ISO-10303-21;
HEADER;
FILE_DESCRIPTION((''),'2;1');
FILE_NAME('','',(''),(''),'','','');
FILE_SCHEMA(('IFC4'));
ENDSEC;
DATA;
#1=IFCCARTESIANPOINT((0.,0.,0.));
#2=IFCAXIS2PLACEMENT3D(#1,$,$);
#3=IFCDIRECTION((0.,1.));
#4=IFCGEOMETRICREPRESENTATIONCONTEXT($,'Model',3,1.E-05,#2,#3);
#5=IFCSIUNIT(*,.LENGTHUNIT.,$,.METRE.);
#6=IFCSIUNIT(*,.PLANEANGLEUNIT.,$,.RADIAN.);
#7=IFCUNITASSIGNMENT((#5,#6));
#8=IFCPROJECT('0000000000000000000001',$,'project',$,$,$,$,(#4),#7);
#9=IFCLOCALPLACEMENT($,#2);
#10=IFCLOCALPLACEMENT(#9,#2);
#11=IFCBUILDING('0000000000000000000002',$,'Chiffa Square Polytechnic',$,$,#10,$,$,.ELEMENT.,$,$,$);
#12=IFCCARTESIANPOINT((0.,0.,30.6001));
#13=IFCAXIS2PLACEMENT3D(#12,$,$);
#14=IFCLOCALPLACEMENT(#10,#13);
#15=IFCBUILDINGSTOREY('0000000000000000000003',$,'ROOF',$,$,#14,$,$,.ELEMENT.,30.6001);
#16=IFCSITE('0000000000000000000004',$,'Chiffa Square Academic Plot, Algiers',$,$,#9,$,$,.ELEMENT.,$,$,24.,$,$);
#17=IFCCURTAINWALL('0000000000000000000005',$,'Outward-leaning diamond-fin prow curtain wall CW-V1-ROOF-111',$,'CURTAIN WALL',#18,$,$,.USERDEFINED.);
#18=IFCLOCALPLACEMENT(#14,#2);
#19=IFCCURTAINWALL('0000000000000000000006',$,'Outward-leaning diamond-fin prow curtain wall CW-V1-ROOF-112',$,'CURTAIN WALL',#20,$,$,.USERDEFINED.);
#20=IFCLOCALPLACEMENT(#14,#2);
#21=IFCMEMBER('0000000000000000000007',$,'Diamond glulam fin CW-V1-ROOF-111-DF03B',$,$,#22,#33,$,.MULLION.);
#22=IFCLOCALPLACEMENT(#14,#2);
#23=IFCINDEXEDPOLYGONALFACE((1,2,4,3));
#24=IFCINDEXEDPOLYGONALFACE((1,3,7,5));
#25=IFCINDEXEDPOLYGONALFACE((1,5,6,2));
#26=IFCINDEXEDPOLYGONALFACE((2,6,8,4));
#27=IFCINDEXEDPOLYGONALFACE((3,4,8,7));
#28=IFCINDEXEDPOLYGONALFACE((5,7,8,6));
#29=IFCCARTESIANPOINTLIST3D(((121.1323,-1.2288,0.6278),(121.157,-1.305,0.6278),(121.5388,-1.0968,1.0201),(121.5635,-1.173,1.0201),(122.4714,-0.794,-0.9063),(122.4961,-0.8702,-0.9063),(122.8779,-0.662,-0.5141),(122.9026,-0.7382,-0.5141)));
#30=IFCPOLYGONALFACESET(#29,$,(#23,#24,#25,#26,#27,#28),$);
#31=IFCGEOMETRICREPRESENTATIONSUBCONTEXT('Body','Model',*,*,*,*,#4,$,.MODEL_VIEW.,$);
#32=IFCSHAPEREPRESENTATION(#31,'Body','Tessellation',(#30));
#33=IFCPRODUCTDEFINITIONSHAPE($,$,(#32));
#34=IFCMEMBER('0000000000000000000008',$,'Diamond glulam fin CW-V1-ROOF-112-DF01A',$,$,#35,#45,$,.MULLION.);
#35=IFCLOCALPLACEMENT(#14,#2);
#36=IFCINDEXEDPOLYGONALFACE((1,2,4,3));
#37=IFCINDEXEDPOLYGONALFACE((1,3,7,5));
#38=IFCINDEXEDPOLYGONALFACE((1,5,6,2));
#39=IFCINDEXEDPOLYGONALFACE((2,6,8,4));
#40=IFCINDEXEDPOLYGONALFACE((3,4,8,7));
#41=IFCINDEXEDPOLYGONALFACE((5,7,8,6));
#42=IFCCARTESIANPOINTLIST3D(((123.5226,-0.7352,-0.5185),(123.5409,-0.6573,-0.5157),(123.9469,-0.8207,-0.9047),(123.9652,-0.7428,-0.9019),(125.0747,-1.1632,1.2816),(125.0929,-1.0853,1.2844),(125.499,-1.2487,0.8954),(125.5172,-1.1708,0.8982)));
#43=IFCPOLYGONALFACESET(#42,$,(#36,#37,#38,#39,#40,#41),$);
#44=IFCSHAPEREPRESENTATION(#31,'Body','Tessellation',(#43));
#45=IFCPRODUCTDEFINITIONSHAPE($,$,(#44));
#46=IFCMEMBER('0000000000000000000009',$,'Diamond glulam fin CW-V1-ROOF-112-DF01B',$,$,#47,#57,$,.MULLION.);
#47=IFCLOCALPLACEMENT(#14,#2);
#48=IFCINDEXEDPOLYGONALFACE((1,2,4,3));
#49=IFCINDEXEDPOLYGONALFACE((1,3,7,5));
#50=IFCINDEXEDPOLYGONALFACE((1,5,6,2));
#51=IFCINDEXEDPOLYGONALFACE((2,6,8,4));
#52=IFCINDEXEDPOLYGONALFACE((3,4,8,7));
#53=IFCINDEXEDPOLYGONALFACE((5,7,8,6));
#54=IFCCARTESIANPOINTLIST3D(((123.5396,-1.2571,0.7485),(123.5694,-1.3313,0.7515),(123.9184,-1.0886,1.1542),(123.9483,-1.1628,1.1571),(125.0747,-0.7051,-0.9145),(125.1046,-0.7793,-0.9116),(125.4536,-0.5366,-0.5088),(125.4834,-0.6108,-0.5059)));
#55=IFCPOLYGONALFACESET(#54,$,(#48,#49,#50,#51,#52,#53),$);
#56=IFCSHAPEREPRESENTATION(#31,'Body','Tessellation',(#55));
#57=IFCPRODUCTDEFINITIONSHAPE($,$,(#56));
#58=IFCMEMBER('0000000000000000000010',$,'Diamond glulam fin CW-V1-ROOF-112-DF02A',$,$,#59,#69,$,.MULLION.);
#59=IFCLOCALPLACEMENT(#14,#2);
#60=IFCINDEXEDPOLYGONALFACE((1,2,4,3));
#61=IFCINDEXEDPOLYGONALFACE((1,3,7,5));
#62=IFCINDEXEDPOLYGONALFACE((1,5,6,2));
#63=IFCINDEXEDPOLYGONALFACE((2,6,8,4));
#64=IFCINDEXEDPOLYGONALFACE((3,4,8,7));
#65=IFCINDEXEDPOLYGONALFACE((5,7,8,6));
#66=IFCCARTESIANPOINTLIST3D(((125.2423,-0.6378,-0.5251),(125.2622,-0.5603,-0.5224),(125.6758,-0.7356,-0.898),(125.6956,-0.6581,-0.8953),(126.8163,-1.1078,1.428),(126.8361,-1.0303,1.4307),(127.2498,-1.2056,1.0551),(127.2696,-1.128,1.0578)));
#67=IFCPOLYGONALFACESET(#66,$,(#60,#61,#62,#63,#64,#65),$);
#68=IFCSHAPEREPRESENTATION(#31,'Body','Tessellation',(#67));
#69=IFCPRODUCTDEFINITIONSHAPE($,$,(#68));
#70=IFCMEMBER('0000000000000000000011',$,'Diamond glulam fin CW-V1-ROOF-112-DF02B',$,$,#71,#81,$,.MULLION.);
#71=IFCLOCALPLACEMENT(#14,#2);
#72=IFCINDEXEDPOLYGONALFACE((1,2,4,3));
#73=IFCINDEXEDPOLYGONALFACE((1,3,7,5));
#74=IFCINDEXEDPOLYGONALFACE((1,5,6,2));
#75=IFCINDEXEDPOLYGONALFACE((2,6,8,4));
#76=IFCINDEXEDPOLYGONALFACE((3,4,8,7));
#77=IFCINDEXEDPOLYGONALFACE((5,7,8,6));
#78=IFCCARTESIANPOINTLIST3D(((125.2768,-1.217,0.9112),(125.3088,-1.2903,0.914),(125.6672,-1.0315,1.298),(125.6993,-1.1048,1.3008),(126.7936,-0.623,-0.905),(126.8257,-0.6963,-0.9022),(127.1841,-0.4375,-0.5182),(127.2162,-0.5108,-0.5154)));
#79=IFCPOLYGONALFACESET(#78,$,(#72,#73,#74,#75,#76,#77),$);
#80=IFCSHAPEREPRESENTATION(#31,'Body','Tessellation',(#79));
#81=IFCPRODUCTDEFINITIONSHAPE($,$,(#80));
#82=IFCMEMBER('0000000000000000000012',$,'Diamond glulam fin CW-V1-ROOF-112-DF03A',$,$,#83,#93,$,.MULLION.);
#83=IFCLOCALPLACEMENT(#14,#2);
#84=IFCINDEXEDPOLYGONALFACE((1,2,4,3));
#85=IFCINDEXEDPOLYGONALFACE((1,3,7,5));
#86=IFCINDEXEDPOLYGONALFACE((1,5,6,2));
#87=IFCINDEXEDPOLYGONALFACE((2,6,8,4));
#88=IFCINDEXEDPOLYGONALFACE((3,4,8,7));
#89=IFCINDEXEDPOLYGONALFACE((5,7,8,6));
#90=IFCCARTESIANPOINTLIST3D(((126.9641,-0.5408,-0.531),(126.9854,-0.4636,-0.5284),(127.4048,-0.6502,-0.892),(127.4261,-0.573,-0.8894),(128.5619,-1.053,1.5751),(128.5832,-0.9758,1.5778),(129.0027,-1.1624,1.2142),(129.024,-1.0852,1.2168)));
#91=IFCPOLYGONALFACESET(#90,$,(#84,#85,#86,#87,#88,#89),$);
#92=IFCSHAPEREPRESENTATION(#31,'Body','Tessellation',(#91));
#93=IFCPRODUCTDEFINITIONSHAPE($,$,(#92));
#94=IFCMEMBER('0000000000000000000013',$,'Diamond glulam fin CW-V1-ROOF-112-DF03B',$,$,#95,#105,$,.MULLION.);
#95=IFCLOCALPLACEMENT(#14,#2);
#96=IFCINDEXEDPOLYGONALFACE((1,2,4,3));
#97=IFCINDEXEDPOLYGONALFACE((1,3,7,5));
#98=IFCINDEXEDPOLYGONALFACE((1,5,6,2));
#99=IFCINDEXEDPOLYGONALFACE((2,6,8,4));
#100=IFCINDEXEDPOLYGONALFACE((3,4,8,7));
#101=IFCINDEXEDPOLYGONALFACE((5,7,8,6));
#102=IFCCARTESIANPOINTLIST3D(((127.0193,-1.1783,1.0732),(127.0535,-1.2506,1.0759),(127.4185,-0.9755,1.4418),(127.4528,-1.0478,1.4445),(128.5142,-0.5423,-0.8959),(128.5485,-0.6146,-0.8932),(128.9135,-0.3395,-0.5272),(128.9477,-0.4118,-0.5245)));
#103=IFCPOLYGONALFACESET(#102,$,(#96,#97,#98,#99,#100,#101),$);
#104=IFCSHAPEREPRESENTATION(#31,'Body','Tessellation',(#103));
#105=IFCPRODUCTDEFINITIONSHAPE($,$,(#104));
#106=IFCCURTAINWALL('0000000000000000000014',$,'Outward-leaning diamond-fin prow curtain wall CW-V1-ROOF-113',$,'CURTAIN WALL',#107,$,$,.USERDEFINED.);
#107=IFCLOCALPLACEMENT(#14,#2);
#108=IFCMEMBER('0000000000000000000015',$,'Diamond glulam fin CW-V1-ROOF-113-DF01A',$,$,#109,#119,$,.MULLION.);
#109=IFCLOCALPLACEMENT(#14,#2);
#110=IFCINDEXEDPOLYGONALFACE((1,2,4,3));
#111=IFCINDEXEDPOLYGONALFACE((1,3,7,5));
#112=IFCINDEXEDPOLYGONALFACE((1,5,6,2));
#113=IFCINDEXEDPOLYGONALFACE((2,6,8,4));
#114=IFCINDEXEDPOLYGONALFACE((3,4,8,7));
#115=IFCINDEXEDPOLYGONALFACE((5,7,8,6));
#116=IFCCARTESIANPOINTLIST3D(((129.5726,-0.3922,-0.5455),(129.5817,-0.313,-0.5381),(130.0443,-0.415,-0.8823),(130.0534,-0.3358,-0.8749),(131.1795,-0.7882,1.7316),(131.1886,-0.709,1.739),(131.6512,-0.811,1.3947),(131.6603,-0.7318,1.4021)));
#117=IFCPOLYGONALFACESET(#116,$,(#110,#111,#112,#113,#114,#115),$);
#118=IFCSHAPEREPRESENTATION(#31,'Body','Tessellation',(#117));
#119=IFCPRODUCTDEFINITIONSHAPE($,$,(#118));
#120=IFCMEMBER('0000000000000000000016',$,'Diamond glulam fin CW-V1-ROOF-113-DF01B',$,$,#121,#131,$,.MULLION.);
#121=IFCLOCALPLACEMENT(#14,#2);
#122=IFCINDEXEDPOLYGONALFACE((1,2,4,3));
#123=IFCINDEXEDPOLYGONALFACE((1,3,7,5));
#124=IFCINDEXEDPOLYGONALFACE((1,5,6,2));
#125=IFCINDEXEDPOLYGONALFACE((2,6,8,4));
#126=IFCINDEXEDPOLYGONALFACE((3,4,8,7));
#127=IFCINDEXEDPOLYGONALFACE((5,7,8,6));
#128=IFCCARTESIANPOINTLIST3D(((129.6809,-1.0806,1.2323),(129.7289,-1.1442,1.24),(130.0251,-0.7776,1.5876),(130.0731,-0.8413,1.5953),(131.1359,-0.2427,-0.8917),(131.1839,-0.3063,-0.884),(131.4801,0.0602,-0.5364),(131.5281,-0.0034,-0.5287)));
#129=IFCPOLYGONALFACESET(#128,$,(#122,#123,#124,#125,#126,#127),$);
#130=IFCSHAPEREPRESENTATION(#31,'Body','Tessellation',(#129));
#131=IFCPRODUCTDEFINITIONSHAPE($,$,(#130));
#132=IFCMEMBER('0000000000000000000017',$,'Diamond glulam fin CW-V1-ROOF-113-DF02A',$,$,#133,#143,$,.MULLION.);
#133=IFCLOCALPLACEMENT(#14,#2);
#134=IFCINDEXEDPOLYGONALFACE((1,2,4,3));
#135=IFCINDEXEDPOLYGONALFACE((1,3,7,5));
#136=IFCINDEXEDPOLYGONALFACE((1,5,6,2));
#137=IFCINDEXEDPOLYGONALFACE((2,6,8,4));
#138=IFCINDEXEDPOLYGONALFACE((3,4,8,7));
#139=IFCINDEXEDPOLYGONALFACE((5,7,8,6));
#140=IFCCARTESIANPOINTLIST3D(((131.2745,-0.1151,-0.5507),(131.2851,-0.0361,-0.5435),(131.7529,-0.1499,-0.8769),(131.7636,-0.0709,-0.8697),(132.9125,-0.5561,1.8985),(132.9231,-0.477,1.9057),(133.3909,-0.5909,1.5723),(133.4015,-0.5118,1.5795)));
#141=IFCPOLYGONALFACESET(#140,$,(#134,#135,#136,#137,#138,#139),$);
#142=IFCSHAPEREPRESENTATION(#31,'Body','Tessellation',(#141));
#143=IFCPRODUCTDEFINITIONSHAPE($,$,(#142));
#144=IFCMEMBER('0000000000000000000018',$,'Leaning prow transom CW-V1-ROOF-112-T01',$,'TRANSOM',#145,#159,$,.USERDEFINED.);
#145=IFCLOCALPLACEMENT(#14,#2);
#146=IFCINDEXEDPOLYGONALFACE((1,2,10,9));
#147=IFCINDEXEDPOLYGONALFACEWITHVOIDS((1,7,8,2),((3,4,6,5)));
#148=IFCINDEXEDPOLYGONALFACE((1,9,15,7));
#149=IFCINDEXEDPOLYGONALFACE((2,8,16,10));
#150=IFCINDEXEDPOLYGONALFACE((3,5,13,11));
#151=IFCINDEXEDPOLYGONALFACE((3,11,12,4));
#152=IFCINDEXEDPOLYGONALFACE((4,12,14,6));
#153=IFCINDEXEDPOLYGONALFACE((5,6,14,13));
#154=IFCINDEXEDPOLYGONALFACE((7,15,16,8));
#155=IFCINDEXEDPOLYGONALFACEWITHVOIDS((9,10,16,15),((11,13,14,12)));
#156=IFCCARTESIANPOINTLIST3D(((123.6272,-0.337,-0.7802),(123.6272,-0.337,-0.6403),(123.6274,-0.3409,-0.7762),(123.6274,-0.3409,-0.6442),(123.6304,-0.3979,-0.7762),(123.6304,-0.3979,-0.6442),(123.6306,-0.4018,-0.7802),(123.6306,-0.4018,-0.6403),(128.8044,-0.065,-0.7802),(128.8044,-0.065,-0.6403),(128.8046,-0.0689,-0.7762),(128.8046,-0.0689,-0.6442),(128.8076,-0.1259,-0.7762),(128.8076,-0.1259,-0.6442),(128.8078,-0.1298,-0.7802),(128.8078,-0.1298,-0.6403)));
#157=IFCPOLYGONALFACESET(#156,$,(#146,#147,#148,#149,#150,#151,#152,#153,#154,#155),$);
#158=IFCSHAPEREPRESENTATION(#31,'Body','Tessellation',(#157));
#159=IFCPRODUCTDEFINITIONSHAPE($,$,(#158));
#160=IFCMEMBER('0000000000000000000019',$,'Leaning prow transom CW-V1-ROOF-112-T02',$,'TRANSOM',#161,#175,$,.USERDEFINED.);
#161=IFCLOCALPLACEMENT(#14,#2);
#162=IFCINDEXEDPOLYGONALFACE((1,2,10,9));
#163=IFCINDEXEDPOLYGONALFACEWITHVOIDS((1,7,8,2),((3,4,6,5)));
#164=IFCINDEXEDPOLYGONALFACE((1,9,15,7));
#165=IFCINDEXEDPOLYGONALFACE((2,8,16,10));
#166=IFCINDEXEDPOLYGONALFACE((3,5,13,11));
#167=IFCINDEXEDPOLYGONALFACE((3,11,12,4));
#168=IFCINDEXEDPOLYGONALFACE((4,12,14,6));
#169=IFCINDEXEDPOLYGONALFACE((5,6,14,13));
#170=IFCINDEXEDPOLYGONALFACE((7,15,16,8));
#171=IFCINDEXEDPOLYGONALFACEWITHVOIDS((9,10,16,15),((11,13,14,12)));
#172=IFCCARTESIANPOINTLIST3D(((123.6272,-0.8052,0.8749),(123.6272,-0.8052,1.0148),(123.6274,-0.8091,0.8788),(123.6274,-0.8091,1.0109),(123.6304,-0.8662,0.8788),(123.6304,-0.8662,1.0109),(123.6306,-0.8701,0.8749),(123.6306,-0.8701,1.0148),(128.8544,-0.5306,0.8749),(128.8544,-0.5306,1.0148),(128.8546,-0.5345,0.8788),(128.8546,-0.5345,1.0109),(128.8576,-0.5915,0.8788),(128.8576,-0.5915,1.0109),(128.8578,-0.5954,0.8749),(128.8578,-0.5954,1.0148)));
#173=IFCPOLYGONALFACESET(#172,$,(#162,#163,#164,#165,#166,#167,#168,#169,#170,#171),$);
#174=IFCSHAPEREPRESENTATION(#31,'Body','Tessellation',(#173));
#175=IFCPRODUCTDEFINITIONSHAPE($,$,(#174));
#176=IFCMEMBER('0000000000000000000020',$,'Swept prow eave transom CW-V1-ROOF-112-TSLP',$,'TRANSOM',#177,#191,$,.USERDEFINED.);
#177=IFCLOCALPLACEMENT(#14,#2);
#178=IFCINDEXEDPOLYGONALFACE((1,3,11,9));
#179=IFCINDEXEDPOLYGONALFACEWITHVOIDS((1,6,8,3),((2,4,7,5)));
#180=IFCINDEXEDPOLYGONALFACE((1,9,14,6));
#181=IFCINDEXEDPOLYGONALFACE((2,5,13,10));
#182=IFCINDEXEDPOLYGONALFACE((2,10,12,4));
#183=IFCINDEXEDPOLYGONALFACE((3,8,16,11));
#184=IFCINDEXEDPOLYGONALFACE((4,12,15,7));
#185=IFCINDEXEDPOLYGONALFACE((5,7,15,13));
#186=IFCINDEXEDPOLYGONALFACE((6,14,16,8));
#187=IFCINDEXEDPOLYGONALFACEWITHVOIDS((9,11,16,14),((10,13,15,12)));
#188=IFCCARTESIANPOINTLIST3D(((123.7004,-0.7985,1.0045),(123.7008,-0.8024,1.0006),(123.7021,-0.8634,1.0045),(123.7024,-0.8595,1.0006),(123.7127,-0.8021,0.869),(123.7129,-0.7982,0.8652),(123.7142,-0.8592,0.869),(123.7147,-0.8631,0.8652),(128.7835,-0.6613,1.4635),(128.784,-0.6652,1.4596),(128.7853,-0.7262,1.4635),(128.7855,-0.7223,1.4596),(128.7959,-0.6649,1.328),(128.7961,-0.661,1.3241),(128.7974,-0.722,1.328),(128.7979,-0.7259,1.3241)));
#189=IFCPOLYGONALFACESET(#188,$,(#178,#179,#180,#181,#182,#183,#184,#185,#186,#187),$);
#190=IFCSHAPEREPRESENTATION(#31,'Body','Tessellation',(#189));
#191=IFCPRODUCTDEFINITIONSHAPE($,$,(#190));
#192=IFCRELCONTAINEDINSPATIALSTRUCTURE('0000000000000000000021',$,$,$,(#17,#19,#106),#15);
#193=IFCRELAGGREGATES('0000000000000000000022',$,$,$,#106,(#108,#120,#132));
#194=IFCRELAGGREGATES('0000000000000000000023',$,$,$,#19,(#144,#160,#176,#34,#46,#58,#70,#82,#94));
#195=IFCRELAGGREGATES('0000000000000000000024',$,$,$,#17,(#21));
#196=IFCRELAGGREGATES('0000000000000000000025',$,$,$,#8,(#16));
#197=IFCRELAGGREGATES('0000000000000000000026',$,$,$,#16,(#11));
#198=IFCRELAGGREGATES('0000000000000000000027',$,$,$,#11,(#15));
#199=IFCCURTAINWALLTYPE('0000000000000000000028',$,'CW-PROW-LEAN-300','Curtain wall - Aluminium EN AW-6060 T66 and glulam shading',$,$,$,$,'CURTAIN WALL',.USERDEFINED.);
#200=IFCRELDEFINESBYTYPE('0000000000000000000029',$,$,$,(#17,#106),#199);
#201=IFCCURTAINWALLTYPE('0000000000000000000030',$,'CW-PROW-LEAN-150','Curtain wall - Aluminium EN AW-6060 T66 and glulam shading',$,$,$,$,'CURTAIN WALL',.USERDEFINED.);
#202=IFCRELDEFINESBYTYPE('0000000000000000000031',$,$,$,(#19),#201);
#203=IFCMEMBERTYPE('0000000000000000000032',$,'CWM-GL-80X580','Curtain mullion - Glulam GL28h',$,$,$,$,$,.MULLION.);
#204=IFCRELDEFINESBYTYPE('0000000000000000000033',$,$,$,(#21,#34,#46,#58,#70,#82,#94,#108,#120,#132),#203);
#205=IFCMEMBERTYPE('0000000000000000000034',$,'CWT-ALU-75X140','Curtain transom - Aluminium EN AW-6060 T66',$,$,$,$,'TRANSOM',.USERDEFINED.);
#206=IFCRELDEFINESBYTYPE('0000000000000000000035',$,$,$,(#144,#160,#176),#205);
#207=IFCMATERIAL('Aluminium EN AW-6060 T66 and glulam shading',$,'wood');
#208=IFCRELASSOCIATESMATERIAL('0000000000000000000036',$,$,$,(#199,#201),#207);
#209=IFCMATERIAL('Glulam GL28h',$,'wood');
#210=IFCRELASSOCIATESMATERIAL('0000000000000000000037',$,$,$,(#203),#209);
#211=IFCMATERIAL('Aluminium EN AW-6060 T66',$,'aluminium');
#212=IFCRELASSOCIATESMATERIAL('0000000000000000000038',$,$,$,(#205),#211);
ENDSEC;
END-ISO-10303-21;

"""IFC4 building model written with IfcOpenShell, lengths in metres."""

from ifc_helpers import new_model, si_unit, direction, frame, origin, origin_2d, place, context, subcontext, project, spatial, rectangle, hollow_rectangle, extrude, material, material_profile, profile_set, type_object, element, aggregate, save


model = new_model("IFC4")

# Units and contexts
model_context = context("Model", 3, precision=1e-05, world=origin(), true_north=direction((0.0, 1.0)))
body_context = subcontext(model_context, "Body", "Model", "MODEL_VIEW")
ifc_project = project(units=[si_unit("LENGTHUNIT", "METRE"), si_unit("PLANEANGLEUNIT", "RADIAN")], contexts=[model_context])

# Site, building, storey
site_placement = place(None, origin())
site = spatial("IfcSite", under=ifc_project, at=site_placement, Name="Chiffa Square Academic Plot, Algiers", CompositionType="ELEMENT", RefElevation=24.0)
building_placement = place(site_placement, origin())
building = spatial("IfcBuilding", under=site, at=building_placement, Name="Chiffa Square Polytechnic", CompositionType="ELEMENT")
storey_placement = place(building_placement, frame((0.0, 0.0, 30.6001)))
storey = spatial("IfcBuildingStorey", under=building, at=storey_placement, Name="ROOF", CompositionType="ELEMENT", Elevation=30.6001)

# Curtain walls
ifc_material_1 = material(Name="Aluminium EN AW-6060 T66 and glulam shading", Category="wood")
curtain_wall_type_1 = type_object("IfcCurtainWallType", Name="CW-PROW-LEAN-300", Description="Curtain wall - Aluminium EN AW-6060 T66 and glulam shading", ElementType="CURTAIN WALL", PredefinedType="USERDEFINED", material=ifc_material_1)
curtain_wall_1_placement = place(storey_placement, origin())
curtain_wall_1 = element("IfcCurtainWall", 1, at=curtain_wall_1_placement, inside=storey, type_object=curtain_wall_type_1, Name="Outward-leaning diamond-fin prow curtain wall CW-V1-ROOF-111", ObjectType="CURTAIN WALL", PredefinedType="USERDEFINED")
ifc_material_2 = material(Name="Aluminium EN AW-6060 T66", Category="aluminium")
curtain_wall_type_2 = type_object("IfcCurtainWallType", Name="CW-PROW-LEAN-150", Description="Curtain wall - Aluminium EN AW-6060 T66 and glulam shading", ElementType="CURTAIN WALL", PredefinedType="USERDEFINED", material=ifc_material_1)
curtain_wall_2_placement = place(storey_placement, origin())
curtain_wall_2 = element("IfcCurtainWall", 2, at=curtain_wall_2_placement, inside=storey, type_object=curtain_wall_type_2, Name="Outward-leaning diamond-fin prow curtain wall CW-V1-ROOF-112", ObjectType="CURTAIN WALL", PredefinedType="USERDEFINED")

# Members
ifc_material_3 = material(Name="Glulam GL28h", Category="wood")
ifc_material_profile_1 = material_profile(ifc_material_3, rectangle(XDim=0.0801, YDim=0.5801, at=origin_2d()), Name="GL28h 80x580")
ifc_profile_set_1 = profile_set([ifc_material_profile_1], Name="Glulam GL28h")
member_type_1 = type_object("IfcMemberType", Name="CWM-GL-80X580", Description="Curtain mullion - Glulam GL28h", PredefinedType="MULLION", material=ifc_profile_set_1)
member_1_placement = place(storey_placement, frame((122.687, -0.7661, -0.7102), z_axis=(-0.643091, -0.208814, 0.73677), x_axis=(0.308831, -0.951117, 0.0)))
member_1 = element("IfcMember", 3, at=member_1_placement, type_object=member_type_1, Name="Diamond glulam fin CW-V1-ROOF-111-DF03B", PredefinedType="MULLION", context=body_context, shape_type="SweptSolid", body=[
    extrude(rectangle(XDim=0.0801, YDim=0.5801, at=origin_2d()), origin(), (0.0, 0.0, 1.0), 2.0823),
])
member_2_placement = place(storey_placement, frame((123.7439, -0.739, -0.7102), z_axis=(0.64266, -0.177219, 0.745373), x_axis=(0.227866, 0.973067, 0.03489)))
member_2 = element("IfcMember", 4, at=member_2_placement, type_object=member_type_1, Name="Diamond glulam fin CW-V1-ROOF-112-DF01A", PredefinedType="MULLION", context=body_context, shape_type="SweptSolid", body=[
    extrude(rectangle(XDim=0.0801, YDim=0.5801, at=origin_2d()), origin(), (0.0, 0.0, 1.0), 2.415),
])
member_3_placement = place(storey_placement, frame((125.2791, -0.658, -0.7102), z_axis=(-0.658965, -0.236946, 0.713878), x_axis=(0.373058, -0.927084, 0.036649)))
member_3 = element("IfcMember", 5, at=member_3_placement, type_object=member_type_1, Name="Diamond glulam fin CW-V1-ROOF-112-DF01B", PredefinedType="MULLION", context=body_context, shape_type="SweptSolid", body=[
    extrude(rectangle(XDim=0.0801, YDim=0.5801, at=origin_2d()), origin(), (0.0, 0.0, 1.0), 2.3296),
])
member_4_placement = place(storey_placement, frame((125.469, -0.6479, -0.7102), z_axis=(0.616749, -0.184154, 0.765316), x_axis=(0.247336, 0.968344, 0.033686)))
member_4 = element("IfcMember", 6, at=member_4_placement, type_object=member_type_1, Name="Diamond glulam fin CW-V1-ROOF-112-DF02A", PredefinedType="MULLION", context=body_context, shape_type="SweptSolid", body=[
    extrude(rectangle(XDim=0.0801, YDim=0.5801, at=origin_2d()), origin(), (0.0, 0.0, 1.0), 2.552),
])
member_5_placement = place(storey_placement, frame((127.0049, -0.5669, -0.7102), z_axis=(-0.621737, -0.243471, 0.744423), x_axis=(0.400415, -0.915667, 0.034945)))
member_5 = element("IfcMember", 7, at=member_5_placement, type_object=member_type_1, Name="Diamond glulam fin CW-V1-ROOF-112-DF02B", PredefinedType="MULLION", context=body_context, shape_type="SweptSolid", body=[
    extrude(rectangle(XDim=0.0801, YDim=0.5801, at=origin_2d()), origin(), (0.0, 0.0, 1.0), 2.4397),
])
member_6_placement = place(storey_placement, frame((127.1951, -0.5569, -0.7102), z_axis=(0.593375, -0.190206, 0.78213), x_axis=(0.265853, 0.963462, 0.032611)))
member_6 = element("IfcMember", 8, at=member_6_placement, type_object=member_type_1, Name="Diamond glulam fin CW-V1-ROOF-112-DF03A", PredefinedType="MULLION", context=body_context, shape_type="SweptSolid", body=[
    extrude(rectangle(XDim=0.0801, YDim=0.5801, at=origin_2d()), origin(), (0.0, 0.0, 1.0), 2.6929),
])
member_7_placement = place(storey_placement, frame((128.731, -0.4771, -0.7102), z_axis=(-0.585614, -0.249147, 0.771351), x_axis=(0.428098, -0.903118, 0.033307)))
member_7 = element("IfcMember", 9, at=member_7_placement, type_object=member_type_1, Name="Diamond glulam fin CW-V1-ROOF-112-DF03B", PredefinedType="MULLION", context=body_context, shape_type="SweptSolid", body=[
    extrude(rectangle(XDim=0.0801, YDim=0.5801, at=origin_2d()), origin(), (0.0, 0.0, 1.0), 2.5527),
])

# Curtain wall, members
curtain_wall_3_placement = place(storey_placement, origin())
curtain_wall_3 = element("IfcCurtainWall", 10, at=curtain_wall_3_placement, inside=storey, type_object=curtain_wall_type_1, Name="Outward-leaning diamond-fin prow curtain wall CW-V1-ROOF-113", ObjectType="CURTAIN WALL", PredefinedType="USERDEFINED")
member_8_placement = place(storey_placement, frame((129.813, -0.364, -0.7102), z_axis=(0.570847, -0.140674, 0.808916), x_axis=(0.113459, 0.989277, 0.091972)))
member_8 = element("IfcMember", 11, at=member_8_placement, type_object=member_type_1, Name="Diamond glulam fin CW-V1-ROOF-113-DF01A", PredefinedType="MULLION", context=body_context, shape_type="SweptSolid", body=[
    extrude(rectangle(XDim=0.0801, YDim=0.5801, at=origin_2d()), origin(), (0.0, 0.0, 1.0), 2.8149),
])
member_9_placement = place(storey_placement, frame((131.332, -0.123, -0.7102), z_axis=(-0.537416, -0.309465, 0.784484), x_axis=(0.599222, -0.794683, 0.097013)))
member_9 = element("IfcMember", 12, at=member_9_placement, type_object=member_type_1, Name="Diamond glulam fin CW-V1-ROOF-113-DF01B", PredefinedType="MULLION", context=body_context, shape_type="SweptSolid", body=[
    extrude(rectangle(XDim=0.0801, YDim=0.5801, at=origin_2d()), origin(), (0.0, 0.0, 1.0), 2.7075),
])
member_10_placement = place(storey_placement, frame((131.519, -0.093, -0.7102), z_axis=(0.549783, -0.147996, 0.822093), x_axis=(0.132554, 0.987166, 0.089067)))
member_10 = element("IfcMember", 13, at=member_10_placement, type_object=member_type_1, Name="Diamond glulam fin CW-V1-ROOF-113-DF02A", PredefinedType="MULLION", context=body_context, shape_type="SweptSolid", body=[
    extrude(rectangle(XDim=0.0801, YDim=0.5801, at=origin_2d()), origin(), (0.0, 0.0, 1.0), 2.9792),
])

# Members
ifc_material_profile_2 = material_profile(ifc_material_2, hollow_rectangle(XDim=0.0649, YDim=0.1399, WallThickness=0.0039, at=origin_2d()), Name="ALU 65x140x4")
ifc_profile_set_2 = profile_set([ifc_material_profile_2], Name="Aluminium EN AW-6060 T66")
member_type_2 = type_object("IfcMemberType", Name="CWT-ALU-75X140", Description="Curtain transom - Aluminium EN AW-6060 T66", ElementType="TRANSOM", PredefinedType="USERDEFINED", material=ifc_profile_set_2)
member_11_placement = place(storey_placement, frame((123.6289, -0.3694, -0.7102), z_axis=(0.998623, 0.05246, 0.0), x_axis=(-0.05246, 0.998623, 0.0)))
member_11 = element("IfcMember", 14, at=member_11_placement, type_object=member_type_2, Name="Leaning prow transom CW-V1-ROOF-112-T01", ObjectType="TRANSOM", PredefinedType="USERDEFINED", context=body_context, shape_type="SweptSolid", body=[
    extrude(hollow_rectangle(XDim=0.0649, YDim=0.1399, WallThickness=0.0039, at=origin_2d()), origin(), (0.0, 0.0, 1.0), 5.1843),
])
member_12_placement = place(storey_placement, frame((123.6289, -0.8376, 0.9448), z_axis=(0.998622, 0.052473, 0.0), x_axis=(-0.052473, 0.998622, 0.0)))
member_12 = element("IfcMember", 15, at=member_12_placement, type_object=member_type_2, Name="Leaning prow transom CW-V1-ROOF-112-T02", ObjectType="TRANSOM", PredefinedType="USERDEFINED", context=body_context, shape_type="SweptSolid", body=[
    extrude(hollow_rectangle(XDim=0.0649, YDim=0.1399, WallThickness=0.0039, at=origin_2d()), origin(), (0.0, 0.0, 1.0), 5.2344),
])
member_13_placement = place(storey_placement, frame((123.7075, -0.8308, 0.9348), z_axis=(0.995589, 0.026873, 0.089895), x_axis=(-0.026982, 0.999636, 0.0)))
member_13 = element("IfcMember", 16, at=member_13_placement, type_object=member_type_2, Name="Swept prow eave transom CW-V1-ROOF-112-TSLP", ObjectType="TRANSOM", PredefinedType="USERDEFINED", context=body_context, shape_type="SweptSolid", body=[
    extrude(hollow_rectangle(XDim=0.0649, YDim=0.1399, WallThickness=0.0039, at=origin_2d()), origin(), (0.0, 0.0, 1.0), 5.1057),
])
aggregate(curtain_wall_3, [member_8, member_9, member_10])

aggregate(curtain_wall_2, [member_11, member_12, member_13, member_2, member_3, member_4, member_5, member_6, member_7])
aggregate(curtain_wall_1, [member_1])

save(model, "model.ifc")
